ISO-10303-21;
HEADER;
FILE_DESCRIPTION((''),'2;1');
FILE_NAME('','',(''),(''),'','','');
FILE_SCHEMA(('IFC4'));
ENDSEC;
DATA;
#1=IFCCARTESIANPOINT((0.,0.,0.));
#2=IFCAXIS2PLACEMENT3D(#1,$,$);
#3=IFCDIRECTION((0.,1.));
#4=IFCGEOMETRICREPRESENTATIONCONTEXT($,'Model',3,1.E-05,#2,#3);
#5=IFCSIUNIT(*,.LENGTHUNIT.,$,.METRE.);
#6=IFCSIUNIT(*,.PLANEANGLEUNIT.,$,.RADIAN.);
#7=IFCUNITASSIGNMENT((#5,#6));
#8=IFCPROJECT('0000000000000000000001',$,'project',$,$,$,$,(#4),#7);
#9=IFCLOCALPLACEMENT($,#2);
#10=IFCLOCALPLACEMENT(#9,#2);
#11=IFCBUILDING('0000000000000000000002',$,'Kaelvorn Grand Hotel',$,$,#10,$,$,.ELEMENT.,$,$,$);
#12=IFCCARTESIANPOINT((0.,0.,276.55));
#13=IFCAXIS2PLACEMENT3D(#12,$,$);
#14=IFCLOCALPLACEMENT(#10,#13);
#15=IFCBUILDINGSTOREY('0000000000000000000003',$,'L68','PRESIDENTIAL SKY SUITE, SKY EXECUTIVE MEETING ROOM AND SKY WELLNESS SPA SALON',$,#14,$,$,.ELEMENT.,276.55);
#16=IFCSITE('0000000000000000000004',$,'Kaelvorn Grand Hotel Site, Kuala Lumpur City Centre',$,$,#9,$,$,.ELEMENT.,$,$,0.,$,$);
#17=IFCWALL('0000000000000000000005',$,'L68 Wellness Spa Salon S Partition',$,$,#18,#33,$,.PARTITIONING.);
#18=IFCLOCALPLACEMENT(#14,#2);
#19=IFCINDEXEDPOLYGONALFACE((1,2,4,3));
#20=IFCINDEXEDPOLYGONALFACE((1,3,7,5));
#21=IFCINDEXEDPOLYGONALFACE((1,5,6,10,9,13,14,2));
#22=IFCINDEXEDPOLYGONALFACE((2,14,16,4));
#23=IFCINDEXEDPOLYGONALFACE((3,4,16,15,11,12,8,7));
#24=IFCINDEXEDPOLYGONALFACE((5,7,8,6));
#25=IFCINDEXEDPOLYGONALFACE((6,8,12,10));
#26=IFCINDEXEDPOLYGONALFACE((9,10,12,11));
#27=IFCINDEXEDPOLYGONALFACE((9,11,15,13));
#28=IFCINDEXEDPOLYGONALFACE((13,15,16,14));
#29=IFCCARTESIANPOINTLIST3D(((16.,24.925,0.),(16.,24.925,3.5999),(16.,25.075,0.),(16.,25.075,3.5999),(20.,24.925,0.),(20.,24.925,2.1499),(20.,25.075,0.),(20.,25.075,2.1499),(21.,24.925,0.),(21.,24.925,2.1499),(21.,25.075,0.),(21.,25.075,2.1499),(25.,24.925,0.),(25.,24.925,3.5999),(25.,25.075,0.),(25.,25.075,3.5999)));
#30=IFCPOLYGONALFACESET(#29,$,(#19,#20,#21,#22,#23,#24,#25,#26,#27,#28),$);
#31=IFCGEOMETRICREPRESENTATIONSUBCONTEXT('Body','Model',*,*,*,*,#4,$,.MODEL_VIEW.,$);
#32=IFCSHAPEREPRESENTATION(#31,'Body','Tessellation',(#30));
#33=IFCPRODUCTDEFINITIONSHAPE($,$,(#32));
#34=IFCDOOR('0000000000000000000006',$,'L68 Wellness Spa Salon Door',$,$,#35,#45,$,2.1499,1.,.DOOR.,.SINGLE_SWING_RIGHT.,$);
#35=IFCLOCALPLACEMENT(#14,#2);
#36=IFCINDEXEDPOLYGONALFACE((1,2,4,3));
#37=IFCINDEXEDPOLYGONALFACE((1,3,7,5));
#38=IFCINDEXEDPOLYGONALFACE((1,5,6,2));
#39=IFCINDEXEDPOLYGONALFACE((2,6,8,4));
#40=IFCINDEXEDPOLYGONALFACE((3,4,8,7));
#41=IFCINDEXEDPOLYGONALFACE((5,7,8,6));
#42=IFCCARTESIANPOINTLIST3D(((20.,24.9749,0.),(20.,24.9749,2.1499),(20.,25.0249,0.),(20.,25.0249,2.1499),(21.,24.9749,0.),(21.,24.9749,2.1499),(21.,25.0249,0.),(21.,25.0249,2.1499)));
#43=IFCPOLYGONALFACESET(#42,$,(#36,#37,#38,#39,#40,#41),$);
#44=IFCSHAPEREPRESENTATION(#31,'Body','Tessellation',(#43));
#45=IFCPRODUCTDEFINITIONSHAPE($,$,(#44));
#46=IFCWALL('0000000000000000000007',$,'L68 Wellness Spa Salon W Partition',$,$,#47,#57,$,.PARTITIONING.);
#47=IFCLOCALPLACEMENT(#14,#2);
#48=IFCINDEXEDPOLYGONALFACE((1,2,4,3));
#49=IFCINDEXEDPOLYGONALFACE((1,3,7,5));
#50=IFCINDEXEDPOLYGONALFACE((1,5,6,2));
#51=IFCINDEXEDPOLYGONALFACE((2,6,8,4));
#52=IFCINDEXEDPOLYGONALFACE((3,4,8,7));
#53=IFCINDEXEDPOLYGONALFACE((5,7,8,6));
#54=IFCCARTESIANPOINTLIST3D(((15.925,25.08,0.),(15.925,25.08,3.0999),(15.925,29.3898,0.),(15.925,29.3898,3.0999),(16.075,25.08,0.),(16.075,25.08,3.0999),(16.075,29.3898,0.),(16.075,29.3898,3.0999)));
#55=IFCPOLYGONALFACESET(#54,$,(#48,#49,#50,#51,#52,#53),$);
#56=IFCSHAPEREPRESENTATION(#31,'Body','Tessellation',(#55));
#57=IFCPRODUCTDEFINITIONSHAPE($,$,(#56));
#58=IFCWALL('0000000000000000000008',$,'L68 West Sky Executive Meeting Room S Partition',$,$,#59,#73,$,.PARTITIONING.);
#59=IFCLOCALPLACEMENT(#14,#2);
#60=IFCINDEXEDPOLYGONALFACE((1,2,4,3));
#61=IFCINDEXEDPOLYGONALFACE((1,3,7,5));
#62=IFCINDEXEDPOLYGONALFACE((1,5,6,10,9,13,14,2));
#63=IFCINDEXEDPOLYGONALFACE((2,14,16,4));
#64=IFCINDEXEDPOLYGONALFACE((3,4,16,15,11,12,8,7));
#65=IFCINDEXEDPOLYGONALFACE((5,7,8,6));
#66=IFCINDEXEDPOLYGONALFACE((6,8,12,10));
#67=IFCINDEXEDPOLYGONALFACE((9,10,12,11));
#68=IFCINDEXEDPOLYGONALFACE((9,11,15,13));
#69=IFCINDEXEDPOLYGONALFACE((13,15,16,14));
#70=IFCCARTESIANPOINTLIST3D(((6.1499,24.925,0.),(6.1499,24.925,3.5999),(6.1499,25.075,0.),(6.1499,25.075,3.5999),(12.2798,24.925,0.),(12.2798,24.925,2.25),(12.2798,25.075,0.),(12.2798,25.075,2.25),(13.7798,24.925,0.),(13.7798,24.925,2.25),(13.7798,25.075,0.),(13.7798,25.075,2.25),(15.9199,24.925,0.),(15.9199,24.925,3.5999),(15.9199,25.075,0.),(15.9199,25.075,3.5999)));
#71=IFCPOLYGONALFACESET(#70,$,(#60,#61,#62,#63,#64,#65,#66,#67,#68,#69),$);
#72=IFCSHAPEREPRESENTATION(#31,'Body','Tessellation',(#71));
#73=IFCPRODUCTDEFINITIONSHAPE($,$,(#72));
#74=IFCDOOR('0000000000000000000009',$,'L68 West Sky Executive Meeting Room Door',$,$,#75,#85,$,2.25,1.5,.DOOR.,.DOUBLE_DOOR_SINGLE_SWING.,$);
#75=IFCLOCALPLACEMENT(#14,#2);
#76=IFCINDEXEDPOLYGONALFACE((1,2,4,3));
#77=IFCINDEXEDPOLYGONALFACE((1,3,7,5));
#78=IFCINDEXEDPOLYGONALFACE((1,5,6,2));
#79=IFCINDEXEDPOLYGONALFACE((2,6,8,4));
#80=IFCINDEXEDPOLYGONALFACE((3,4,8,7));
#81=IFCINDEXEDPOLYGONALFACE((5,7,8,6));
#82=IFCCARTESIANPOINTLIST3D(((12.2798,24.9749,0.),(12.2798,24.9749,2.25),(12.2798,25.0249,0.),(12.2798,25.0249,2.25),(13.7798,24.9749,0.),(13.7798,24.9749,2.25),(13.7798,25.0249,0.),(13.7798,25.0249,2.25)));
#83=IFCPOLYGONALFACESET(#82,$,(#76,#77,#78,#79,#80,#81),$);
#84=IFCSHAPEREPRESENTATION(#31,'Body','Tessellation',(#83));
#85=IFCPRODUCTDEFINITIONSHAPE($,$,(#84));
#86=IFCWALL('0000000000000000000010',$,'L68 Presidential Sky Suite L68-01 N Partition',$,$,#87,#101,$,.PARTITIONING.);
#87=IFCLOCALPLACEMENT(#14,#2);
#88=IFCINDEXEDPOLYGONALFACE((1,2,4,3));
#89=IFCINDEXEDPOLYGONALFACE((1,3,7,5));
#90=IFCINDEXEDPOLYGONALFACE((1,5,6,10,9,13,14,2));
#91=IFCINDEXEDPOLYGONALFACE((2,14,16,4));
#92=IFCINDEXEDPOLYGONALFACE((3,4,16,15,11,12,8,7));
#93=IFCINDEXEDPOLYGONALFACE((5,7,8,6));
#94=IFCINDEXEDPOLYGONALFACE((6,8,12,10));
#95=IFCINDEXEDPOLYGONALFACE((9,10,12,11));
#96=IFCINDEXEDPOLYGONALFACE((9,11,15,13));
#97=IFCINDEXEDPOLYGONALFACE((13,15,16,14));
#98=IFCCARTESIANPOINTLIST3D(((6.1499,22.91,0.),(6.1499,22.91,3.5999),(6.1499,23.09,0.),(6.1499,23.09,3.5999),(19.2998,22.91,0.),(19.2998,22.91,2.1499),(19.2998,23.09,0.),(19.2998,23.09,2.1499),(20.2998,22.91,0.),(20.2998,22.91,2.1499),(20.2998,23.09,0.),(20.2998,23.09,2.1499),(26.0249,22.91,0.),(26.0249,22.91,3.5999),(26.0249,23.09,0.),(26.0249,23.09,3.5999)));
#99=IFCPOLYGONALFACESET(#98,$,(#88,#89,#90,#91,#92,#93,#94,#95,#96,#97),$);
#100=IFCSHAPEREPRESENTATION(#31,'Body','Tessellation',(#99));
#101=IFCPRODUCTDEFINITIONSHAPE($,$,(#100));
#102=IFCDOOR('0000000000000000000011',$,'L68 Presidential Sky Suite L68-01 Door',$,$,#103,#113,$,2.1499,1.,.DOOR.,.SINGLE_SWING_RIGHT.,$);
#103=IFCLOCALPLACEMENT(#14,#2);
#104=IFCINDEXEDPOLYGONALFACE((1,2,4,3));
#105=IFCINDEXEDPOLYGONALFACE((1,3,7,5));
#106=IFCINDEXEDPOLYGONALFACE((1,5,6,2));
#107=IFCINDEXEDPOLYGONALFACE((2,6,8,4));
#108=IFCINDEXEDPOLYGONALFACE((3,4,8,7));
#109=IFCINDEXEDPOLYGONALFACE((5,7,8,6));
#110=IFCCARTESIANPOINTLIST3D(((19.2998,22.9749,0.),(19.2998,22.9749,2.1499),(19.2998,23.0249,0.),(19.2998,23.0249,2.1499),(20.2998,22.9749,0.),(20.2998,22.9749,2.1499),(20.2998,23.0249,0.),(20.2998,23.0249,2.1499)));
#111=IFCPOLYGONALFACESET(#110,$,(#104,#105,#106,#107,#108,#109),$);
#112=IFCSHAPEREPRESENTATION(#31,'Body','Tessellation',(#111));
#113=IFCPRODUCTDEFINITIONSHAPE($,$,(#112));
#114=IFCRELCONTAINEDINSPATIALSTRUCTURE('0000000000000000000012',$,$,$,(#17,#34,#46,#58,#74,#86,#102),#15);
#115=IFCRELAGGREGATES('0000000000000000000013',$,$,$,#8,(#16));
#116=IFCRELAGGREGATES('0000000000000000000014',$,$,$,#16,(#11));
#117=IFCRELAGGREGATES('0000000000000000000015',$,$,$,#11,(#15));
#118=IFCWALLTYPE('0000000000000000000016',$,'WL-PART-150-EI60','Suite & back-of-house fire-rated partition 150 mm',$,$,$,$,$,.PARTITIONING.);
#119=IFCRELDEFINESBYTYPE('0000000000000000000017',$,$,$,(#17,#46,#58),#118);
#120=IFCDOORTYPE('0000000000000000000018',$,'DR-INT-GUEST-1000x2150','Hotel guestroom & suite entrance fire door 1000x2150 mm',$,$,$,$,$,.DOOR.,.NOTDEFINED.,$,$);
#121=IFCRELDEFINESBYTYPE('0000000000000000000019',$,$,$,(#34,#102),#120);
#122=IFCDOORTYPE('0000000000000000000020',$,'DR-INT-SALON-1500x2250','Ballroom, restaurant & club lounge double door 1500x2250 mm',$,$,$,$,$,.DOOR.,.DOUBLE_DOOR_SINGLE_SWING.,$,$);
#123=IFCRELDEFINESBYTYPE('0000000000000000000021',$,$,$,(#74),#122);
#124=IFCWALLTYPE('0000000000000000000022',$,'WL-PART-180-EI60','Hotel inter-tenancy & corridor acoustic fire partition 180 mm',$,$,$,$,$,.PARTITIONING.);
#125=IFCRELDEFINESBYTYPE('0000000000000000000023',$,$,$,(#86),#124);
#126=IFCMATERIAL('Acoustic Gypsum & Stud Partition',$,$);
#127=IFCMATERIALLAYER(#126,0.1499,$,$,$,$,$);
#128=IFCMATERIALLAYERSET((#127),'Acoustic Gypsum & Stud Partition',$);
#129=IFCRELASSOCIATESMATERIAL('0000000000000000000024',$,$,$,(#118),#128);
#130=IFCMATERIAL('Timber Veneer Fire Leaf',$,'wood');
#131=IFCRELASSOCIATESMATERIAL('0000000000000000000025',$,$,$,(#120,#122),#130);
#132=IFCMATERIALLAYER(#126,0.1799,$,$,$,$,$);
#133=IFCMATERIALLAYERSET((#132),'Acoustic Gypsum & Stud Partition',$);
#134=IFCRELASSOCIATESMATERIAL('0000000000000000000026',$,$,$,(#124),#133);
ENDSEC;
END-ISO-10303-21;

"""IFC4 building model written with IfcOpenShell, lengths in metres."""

from ifc_helpers import new_model, si_unit, direction, frame, frame_2d, origin, place, context, subcontext, project, spatial, rectangle, extrude, material, layer, layer_set, type_object, element, fill, save


model = new_model("IFC4")

# Units and contexts
model_context = context("Model", 3, precision=1e-05, world=origin(), true_north=direction((0.0, 1.0)))
body_context = subcontext(model_context, "Body", "Model", "MODEL_VIEW")
ifc_project = project(units=[si_unit("LENGTHUNIT", "METRE"), si_unit("PLANEANGLEUNIT", "RADIAN")], contexts=[model_context])

# Site, building, storey
site_placement = place(None, origin())
site = spatial("IfcSite", under=ifc_project, at=site_placement, Name="Kaelvorn Grand Hotel Site, Kuala Lumpur City Centre", CompositionType="ELEMENT", RefElevation=0.0)
building_placement = place(site_placement, origin())
building = spatial("IfcBuilding", under=site, at=building_placement, Name="Kaelvorn Grand Hotel", CompositionType="ELEMENT")
storey_placement = place(building_placement, frame((0.0, 0.0, 276.55)))
storey = spatial("IfcBuildingStorey", under=building, at=storey_placement, Name="L68", Description="PRESIDENTIAL SKY SUITE, SKY EXECUTIVE MEETING ROOM AND SKY WELLNESS SPA SALON", CompositionType="ELEMENT", Elevation=276.55)

# Wall, opening, door
ifc_material_1 = material(Name="Acoustic Gypsum & Stud Partition")
ifc_layer_1 = layer(ifc_material_1, 0.1499)
ifc_layer_set_1 = layer_set([ifc_layer_1], Name="Acoustic Gypsum & Stud Partition")
wall_type_1 = type_object("IfcWallType", Name="WL-PART-150-EI60", Description="Suite & back-of-house fire-rated partition 150 mm", PredefinedType="PARTITIONING", material=ifc_layer_set_1)
wall_1_placement = place(storey_placement, frame((16.0, 25.0, 0.0), z_axis=(0.0, 0.0, 1.0), x_axis=(1.0, 0.0, 0.0)))
wall_1 = element("IfcWall", 1, at=wall_1_placement, inside=storey, type_object=wall_type_1, Name="L68 Wellness Spa Salon S Partition", PredefinedType="PARTITIONING", context=body_context, shape_type="SweptSolid", body=[
    extrude(rectangle(XDim=9.0, YDim=0.1499, at=frame_2d((4.5, 0.0))), origin(), (0.0, 0.0, 1.0), 3.5999),
])
opening_1_placement = place(wall_1_placement, frame((4.0, 0.0, 0.0)))
opening_1 = element("IfcOpeningElement", 2, at=opening_1_placement, cuts=wall_1, PredefinedType="OPENING", context=body_context, shape_type="SweptSolid", body=[
    extrude(rectangle(XDim=1.0, YDim=2.1499, at=frame_2d((0.5, 1.075))), frame((0.0, 0.085, 0.0), z_axis=(0.0, -1.0, 0.0), x_axis=(1.0, 0.0, 0.0)), (0.0, 0.0, 1.0), 0.1699),
])
ifc_material_2 = material(Name="Timber Veneer Fire Leaf", Category="wood")
door_type_1 = type_object("IfcDoorType", Name="DR-INT-GUEST-1000x2150", Description="Hotel guestroom & suite entrance fire door 1000x2150 mm", OperationType="NOTDEFINED", PredefinedType="DOOR", material=ifc_material_2)
door_1_placement = place(opening_1_placement, origin())
door_1 = element("IfcDoor", 3, at=door_1_placement, inside=storey, type_object=door_type_1, Name="L68 Wellness Spa Salon Door", OperationType="SINGLE_SWING_RIGHT", OverallHeight=2.1499, OverallWidth=1.0, PredefinedType="DOOR", context=body_context, shape_type="SweptSolid", body=[
    extrude(rectangle(XDim=1.0, YDim=2.1499, at=frame_2d((0.5, 1.075))), frame((0.0, 0.0249, 0.0), z_axis=(0.0, -1.0, 0.0), x_axis=(1.0, 0.0, 0.0)), (0.0, 0.0, 1.0), 0.05),
])
fill(opening_1, door_1)

# Wall
wall_2_placement = place(storey_placement, frame((16.0, 25.0801, 0.0), z_axis=(0.0, 0.0, 1.0), x_axis=(0.0, 1.0, 0.0)))
element("IfcWall", 4, at=wall_2_placement, inside=storey, type_object=wall_type_1, Name="L68 Wellness Spa Salon W Partition", PredefinedType="PARTITIONING", context=body_context, shape_type="SweptSolid", body=[
    extrude(rectangle(XDim=4.3098, YDim=0.1499, at=frame_2d((2.1548, 0.0))), origin(), (0.0, 0.0, 1.0), 3.0999),
])

# Walls, openings, doors
wall_3_placement = place(storey_placement, frame((6.1499, 25.0, 0.0), z_axis=(0.0, 0.0, 1.0), x_axis=(1.0, 0.0, 0.0)))
wall_3 = element("IfcWall", 5, at=wall_3_placement, inside=storey, type_object=wall_type_1, Name="L68 West Sky Executive Meeting Room S Partition", PredefinedType="PARTITIONING", context=body_context, shape_type="SweptSolid", body=[
    extrude(rectangle(XDim=9.77, YDim=0.1499, at=frame_2d((4.885, 0.0))), origin(), (0.0, 0.0, 1.0), 3.5999),
])
opening_2_placement = place(wall_3_placement, frame((6.1299, 0.0, 0.0)))
opening_2 = element("IfcOpeningElement", 6, at=opening_2_placement, cuts=wall_3, PredefinedType="OPENING", context=body_context, shape_type="SweptSolid", body=[
    extrude(rectangle(XDim=1.5, YDim=2.25, at=frame_2d((0.75, 1.125))), frame((0.0, 0.085, 0.0), z_axis=(0.0, -1.0, 0.0), x_axis=(1.0, 0.0, 0.0)), (0.0, 0.0, 1.0), 0.1699),
])
door_type_2 = type_object("IfcDoorType", Name="DR-INT-SALON-1500x2250", Description="Ballroom, restaurant & club lounge double door 1500x2250 mm", OperationType="DOUBLE_DOOR_SINGLE_SWING", PredefinedType="DOOR", material=ifc_material_2)
door_2_placement = place(opening_2_placement, origin())
door_2 = element("IfcDoor", 7, at=door_2_placement, inside=storey, type_object=door_type_2, Name="L68 West Sky Executive Meeting Room Door", OperationType="DOUBLE_DOOR_SINGLE_SWING", OverallHeight=2.25, OverallWidth=1.5, PredefinedType="DOOR", context=body_context, shape_type="SweptSolid", body=[
    extrude(rectangle(XDim=1.5, YDim=2.25, at=frame_2d((0.75, 1.125))), frame((0.0, 0.0249, 0.0), z_axis=(0.0, -1.0, 0.0), x_axis=(1.0, 0.0, 0.0)), (0.0, 0.0, 1.0), 0.05),
])
fill(opening_2, door_2)
ifc_layer_2 = layer(ifc_material_1, 0.1799)
ifc_layer_set_2 = layer_set([ifc_layer_2], Name="Acoustic Gypsum & Stud Partition")
wall_type_2 = type_object("IfcWallType", Name="WL-PART-180-EI60", Description="Hotel inter-tenancy & corridor acoustic fire partition 180 mm", PredefinedType="PARTITIONING", material=ifc_layer_set_2)
wall_4_placement = place(storey_placement, frame((6.1499, 23.0, 0.0), z_axis=(0.0, 0.0, 1.0), x_axis=(1.0, 0.0, 0.0)))
wall_4 = element("IfcWall", 8, at=wall_4_placement, inside=storey, type_object=wall_type_2, Name="L68 Presidential Sky Suite L68-01 N Partition", PredefinedType="PARTITIONING", context=body_context, shape_type="SweptSolid", body=[
    extrude(rectangle(XDim=19.875, YDim=0.1799, at=frame_2d((9.9375, 0.0))), origin(), (0.0, 0.0, 1.0), 3.5999),
])
opening_3_placement = place(wall_4_placement, frame((13.1499, 0.0, 0.0)))
opening_3 = element("IfcOpeningElement", 9, at=opening_3_placement, cuts=wall_4, PredefinedType="OPENING", context=body_context, shape_type="SweptSolid", body=[
    extrude(rectangle(XDim=1.0, YDim=2.1499, at=frame_2d((0.5, 1.075))), frame((0.0, 0.1001, 0.0), z_axis=(0.0, -1.0, 0.0), x_axis=(1.0, 0.0, 0.0)), (0.0, 0.0, 1.0), 0.2),
])
door_3_placement = place(opening_3_placement, origin())
door_3 = element("IfcDoor", 10, at=door_3_placement, inside=storey, type_object=door_type_1, Name="L68 Presidential Sky Suite L68-01 Door", OperationType="SINGLE_SWING_RIGHT", OverallHeight=2.1499, OverallWidth=1.0, PredefinedType="DOOR", context=body_context, shape_type="SweptSolid", body=[
    extrude(rectangle(XDim=1.0, YDim=2.1499, at=frame_2d((0.5, 1.075))), frame((0.0, 0.0249, 0.0), z_axis=(0.0, -1.0, 0.0), x_axis=(1.0, 0.0, 0.0)), (0.0, 0.0, 1.0), 0.05),
])
fill(opening_3, door_3)

save(model, "model.ifc")
